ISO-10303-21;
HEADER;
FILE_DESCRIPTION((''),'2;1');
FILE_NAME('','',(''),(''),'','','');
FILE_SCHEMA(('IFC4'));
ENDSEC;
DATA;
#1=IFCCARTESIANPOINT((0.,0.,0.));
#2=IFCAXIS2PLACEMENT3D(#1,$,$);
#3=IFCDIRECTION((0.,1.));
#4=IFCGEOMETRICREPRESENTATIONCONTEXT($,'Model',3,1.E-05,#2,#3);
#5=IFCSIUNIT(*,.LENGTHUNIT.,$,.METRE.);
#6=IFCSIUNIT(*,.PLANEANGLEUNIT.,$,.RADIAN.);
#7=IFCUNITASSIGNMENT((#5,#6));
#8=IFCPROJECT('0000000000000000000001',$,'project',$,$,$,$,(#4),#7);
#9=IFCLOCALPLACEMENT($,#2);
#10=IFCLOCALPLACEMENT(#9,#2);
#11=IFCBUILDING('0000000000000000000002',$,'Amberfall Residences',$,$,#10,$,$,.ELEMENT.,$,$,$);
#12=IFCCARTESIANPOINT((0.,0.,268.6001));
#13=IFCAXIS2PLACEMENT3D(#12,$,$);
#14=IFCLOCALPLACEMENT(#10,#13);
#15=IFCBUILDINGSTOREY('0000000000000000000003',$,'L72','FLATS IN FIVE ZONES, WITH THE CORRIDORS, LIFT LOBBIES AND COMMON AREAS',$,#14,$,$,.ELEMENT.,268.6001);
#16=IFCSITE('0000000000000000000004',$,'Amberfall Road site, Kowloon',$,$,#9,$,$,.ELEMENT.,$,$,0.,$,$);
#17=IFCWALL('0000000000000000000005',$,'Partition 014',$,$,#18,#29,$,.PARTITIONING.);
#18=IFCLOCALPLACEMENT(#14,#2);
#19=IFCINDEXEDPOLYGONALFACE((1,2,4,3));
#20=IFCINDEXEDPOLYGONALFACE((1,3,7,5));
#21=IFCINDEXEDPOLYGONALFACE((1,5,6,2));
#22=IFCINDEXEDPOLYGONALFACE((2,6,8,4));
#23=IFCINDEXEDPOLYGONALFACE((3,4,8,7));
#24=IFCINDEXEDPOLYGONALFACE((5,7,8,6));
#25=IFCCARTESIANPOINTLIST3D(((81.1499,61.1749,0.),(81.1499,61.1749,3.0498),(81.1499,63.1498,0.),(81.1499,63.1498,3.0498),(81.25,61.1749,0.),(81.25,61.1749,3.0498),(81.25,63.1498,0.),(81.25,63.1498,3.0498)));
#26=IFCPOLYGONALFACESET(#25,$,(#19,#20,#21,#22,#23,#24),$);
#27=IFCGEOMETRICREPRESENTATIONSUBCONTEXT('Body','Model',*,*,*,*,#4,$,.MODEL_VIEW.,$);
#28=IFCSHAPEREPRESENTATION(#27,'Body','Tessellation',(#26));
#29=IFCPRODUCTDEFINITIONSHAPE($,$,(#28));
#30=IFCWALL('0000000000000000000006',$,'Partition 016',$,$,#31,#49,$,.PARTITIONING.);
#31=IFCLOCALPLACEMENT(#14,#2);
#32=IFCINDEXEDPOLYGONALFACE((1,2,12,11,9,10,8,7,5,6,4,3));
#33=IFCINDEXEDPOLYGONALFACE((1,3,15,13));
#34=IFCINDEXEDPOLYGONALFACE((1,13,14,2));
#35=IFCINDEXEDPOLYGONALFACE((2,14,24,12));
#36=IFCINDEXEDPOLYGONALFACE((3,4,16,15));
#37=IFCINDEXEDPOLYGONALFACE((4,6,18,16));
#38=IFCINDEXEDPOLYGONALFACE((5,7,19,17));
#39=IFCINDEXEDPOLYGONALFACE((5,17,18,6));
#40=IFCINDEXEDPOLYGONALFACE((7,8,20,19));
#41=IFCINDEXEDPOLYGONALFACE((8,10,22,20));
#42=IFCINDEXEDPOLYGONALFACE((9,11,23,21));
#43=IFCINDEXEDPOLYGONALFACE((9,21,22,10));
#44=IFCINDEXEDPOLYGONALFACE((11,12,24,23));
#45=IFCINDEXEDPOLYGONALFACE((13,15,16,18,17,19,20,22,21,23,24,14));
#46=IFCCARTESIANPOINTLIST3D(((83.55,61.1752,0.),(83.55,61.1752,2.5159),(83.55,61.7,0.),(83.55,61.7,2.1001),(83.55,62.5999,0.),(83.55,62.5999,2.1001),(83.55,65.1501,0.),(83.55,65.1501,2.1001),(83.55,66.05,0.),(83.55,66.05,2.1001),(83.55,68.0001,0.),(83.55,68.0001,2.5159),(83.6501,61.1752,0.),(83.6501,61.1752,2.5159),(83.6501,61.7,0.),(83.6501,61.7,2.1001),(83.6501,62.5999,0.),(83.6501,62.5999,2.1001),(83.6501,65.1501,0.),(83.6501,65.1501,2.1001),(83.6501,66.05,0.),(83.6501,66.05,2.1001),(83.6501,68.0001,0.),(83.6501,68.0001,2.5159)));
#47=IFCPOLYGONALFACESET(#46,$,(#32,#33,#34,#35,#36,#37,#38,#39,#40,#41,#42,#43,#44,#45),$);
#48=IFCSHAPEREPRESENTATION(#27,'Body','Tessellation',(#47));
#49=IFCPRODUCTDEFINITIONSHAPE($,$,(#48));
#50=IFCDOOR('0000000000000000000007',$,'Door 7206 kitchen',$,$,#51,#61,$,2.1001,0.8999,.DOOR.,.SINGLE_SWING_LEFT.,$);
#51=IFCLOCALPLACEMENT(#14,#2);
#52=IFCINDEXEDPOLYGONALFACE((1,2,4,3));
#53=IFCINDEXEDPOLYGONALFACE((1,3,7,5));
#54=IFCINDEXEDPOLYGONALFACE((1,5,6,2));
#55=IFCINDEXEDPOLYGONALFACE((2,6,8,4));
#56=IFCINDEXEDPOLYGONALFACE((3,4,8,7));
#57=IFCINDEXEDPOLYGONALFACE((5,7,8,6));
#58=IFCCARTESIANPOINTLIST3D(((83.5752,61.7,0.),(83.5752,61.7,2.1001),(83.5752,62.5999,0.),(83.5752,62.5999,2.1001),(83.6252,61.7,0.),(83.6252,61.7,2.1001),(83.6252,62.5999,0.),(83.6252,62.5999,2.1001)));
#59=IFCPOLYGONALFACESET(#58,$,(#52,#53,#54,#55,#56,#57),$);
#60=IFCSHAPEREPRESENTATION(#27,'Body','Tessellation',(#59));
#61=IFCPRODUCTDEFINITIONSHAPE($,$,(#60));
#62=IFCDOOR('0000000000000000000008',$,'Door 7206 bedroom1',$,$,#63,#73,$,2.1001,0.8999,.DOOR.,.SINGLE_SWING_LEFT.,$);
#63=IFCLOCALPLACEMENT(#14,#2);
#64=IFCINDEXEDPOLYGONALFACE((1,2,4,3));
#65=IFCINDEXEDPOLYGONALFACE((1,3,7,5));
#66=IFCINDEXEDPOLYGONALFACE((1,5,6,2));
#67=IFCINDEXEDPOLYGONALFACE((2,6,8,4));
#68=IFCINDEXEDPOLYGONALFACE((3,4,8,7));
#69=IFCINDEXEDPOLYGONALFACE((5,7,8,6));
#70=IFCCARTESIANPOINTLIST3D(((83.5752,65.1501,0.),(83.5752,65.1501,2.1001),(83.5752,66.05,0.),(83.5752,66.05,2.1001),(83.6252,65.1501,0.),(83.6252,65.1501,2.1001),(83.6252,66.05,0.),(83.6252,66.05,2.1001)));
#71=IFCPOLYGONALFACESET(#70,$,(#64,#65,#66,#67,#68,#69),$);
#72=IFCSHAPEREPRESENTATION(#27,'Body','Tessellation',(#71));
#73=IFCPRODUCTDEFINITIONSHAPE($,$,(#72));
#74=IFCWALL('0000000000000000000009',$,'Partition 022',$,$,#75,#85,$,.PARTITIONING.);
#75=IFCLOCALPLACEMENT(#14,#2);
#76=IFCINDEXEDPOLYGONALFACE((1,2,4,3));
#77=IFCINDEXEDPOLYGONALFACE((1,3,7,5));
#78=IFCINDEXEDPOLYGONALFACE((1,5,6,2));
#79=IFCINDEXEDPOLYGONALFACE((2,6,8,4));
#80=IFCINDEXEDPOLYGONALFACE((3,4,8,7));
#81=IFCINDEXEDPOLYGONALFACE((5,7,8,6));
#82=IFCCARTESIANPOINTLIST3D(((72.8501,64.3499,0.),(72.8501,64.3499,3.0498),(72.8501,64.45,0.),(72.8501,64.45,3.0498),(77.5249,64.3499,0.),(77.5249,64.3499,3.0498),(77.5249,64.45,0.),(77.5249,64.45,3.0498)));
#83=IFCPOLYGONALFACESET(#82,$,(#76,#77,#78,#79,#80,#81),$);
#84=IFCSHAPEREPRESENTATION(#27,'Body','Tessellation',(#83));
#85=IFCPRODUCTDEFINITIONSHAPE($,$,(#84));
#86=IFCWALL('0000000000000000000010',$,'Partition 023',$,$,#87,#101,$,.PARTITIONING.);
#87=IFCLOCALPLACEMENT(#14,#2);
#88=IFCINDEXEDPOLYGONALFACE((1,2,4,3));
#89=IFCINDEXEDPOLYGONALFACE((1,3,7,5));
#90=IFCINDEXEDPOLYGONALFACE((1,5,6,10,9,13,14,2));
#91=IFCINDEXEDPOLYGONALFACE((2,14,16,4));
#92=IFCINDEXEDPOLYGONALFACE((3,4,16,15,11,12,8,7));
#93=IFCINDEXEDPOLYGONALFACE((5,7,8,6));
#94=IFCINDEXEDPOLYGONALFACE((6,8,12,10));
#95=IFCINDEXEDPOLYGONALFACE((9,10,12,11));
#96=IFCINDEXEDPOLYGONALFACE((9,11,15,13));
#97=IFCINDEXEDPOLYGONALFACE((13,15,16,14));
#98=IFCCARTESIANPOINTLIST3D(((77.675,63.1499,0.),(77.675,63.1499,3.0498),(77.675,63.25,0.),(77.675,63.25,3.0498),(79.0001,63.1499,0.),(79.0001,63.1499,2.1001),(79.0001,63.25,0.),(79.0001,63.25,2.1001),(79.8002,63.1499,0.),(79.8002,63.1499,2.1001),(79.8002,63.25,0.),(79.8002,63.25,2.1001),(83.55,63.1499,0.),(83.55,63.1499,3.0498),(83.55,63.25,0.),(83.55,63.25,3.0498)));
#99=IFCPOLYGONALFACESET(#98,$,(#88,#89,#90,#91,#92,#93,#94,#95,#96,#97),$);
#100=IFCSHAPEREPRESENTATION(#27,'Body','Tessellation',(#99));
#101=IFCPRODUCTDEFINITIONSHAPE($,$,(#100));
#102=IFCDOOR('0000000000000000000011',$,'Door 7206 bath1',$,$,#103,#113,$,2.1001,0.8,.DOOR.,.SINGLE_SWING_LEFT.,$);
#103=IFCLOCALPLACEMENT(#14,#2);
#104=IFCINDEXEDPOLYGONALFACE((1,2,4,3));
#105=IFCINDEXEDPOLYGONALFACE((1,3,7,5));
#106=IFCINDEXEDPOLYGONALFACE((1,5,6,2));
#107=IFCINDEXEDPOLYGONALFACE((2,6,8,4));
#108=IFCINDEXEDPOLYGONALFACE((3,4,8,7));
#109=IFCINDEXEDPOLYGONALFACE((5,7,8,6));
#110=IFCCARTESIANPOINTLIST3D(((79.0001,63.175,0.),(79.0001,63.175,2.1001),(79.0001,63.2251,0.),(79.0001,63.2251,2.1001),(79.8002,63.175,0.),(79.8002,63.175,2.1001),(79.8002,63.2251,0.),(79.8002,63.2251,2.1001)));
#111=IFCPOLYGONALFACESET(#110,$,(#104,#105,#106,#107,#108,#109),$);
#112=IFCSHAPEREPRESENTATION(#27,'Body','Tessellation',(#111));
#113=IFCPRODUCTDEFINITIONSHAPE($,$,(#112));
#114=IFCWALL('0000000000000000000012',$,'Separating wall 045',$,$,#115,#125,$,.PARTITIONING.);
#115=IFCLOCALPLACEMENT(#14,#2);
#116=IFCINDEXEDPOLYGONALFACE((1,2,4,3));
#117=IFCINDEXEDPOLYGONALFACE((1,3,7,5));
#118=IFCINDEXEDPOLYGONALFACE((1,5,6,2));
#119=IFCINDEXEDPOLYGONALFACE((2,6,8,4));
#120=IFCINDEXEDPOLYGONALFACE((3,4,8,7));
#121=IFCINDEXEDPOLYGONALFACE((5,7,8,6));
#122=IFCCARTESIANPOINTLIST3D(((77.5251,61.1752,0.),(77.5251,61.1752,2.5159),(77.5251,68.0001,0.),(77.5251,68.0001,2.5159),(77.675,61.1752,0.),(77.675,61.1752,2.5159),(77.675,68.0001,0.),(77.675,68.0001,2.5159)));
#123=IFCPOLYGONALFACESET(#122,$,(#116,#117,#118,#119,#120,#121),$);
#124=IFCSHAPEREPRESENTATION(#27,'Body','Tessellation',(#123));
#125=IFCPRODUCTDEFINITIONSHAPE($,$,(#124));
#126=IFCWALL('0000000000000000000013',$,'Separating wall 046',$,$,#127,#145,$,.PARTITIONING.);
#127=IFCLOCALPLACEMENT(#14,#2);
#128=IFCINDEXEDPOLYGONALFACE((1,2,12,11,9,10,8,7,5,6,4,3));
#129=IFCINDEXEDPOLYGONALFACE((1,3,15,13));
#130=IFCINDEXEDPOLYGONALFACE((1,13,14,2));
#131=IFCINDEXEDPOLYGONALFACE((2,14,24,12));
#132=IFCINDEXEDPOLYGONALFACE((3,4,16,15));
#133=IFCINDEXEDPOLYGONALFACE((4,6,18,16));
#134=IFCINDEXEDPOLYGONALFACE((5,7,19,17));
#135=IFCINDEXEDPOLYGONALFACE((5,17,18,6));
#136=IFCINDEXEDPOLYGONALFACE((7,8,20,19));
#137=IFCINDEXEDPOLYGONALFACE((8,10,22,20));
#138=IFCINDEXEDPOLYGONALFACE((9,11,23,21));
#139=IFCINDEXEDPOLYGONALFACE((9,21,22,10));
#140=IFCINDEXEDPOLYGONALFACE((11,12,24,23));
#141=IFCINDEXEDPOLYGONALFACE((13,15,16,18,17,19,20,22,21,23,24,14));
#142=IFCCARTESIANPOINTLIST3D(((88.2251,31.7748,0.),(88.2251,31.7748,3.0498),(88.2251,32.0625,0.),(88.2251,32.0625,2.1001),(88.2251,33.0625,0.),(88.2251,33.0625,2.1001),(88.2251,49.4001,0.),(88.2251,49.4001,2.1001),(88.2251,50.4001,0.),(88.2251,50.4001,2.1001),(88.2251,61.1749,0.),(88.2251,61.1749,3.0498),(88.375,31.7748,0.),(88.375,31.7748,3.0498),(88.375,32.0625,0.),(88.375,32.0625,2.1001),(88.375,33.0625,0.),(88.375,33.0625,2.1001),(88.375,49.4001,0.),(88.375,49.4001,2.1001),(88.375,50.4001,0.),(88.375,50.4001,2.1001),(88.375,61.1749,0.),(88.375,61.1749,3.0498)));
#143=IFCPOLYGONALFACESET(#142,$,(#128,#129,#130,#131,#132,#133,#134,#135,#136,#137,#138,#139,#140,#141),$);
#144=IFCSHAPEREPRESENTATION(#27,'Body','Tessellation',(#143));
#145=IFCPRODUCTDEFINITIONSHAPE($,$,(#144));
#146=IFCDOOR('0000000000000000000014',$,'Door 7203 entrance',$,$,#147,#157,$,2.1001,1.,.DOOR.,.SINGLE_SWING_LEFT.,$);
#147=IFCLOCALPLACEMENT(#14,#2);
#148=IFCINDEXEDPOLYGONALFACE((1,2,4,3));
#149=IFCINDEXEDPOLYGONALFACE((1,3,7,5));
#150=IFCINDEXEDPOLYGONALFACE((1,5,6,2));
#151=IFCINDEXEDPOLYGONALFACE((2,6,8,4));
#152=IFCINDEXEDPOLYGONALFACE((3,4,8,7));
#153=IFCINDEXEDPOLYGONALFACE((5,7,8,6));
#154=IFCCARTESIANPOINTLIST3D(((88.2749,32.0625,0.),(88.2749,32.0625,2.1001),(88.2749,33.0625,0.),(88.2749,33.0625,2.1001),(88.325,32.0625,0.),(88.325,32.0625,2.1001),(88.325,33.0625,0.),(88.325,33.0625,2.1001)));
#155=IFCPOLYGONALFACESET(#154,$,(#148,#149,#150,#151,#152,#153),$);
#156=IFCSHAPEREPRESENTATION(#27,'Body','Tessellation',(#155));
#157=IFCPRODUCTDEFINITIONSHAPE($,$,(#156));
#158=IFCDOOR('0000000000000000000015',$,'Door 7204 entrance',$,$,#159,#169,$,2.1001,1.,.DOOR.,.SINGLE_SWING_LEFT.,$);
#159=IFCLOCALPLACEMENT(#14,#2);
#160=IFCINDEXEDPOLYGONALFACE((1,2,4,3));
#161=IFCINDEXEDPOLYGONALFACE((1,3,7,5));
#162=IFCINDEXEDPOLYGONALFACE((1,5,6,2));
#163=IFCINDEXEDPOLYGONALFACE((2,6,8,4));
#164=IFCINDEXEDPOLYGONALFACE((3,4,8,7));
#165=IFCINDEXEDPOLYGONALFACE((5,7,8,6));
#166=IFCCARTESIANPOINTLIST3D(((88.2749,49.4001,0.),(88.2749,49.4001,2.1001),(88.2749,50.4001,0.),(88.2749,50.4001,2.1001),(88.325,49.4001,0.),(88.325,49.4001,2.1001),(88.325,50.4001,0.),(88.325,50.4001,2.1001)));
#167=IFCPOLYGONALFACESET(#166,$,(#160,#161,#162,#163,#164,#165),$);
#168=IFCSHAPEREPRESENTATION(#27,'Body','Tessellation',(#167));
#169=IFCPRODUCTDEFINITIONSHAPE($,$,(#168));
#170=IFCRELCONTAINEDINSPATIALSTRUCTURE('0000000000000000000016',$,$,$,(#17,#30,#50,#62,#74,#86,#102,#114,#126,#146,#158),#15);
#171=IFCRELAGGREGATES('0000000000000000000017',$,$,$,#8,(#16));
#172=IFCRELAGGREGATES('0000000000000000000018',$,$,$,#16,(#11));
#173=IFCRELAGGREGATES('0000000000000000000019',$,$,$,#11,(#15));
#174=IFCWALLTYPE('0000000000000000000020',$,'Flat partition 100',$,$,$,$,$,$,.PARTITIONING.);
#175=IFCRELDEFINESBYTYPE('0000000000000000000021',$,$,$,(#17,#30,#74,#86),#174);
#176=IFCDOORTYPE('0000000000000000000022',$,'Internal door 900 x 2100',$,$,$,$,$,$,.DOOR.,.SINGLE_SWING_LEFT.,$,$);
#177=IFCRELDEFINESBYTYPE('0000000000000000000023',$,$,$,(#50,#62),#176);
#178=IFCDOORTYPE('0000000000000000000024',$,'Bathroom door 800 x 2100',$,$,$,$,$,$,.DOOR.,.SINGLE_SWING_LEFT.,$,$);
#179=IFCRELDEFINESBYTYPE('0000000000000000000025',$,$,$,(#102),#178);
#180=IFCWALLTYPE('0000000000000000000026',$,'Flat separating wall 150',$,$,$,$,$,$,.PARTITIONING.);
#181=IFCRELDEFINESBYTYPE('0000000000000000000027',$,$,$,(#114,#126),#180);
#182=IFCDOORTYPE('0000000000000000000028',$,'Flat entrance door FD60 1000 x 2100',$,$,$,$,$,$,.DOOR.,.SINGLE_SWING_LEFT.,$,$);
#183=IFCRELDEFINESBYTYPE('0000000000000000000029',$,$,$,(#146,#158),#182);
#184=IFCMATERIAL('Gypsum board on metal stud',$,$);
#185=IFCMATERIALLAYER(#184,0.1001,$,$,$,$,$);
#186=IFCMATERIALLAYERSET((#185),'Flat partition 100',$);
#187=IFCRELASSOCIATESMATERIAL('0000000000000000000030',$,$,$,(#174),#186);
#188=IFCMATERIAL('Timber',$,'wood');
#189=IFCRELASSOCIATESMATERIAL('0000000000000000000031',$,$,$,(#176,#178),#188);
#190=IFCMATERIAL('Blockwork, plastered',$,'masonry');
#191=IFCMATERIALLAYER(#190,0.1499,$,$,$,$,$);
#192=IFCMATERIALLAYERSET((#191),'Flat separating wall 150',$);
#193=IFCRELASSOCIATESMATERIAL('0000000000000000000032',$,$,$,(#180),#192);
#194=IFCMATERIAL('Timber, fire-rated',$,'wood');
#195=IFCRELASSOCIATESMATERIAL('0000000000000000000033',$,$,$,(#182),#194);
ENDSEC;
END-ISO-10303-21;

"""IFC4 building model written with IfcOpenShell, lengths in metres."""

from ifc_helpers import new_model, si_unit, direction, frame, frame_2d, origin, place, context, subcontext, project, spatial, rectangle, extrude, material, layer, layer_set, type_object, element, fill, save


model = new_model("IFC4")

# Units and contexts
model_context = context("Model", 3, precision=1e-05, world=origin(), true_north=direction((0.0, 1.0)))
body_context = subcontext(model_context, "Body", "Model", "MODEL_VIEW")
ifc_project = project(units=[si_unit("LENGTHUNIT", "METRE"), si_unit("PLANEANGLEUNIT", "RADIAN")], contexts=[model_context])

# Site, building, storey
site_placement = place(None, origin())
site = spatial("IfcSite", under=ifc_project, at=site_placement, Name="Amberfall Road site, Kowloon", CompositionType="ELEMENT", RefElevation=0.0)
building_placement = place(site_placement, origin())
building = spatial("IfcBuilding", under=site, at=building_placement, Name="Amberfall Residences", CompositionType="ELEMENT")
storey_placement = place(building_placement, frame((0.0, 0.0, 268.6001)))
storey = spatial("IfcBuildingStorey", under=building, at=storey_placement, Name="L72", Description="FLATS IN FIVE ZONES, WITH THE CORRIDORS, LIFT LOBBIES AND COMMON AREAS", CompositionType="ELEMENT", Elevation=268.6001)

# Wall
ifc_material_1 = material(Name="Gypsum board on metal stud")
ifc_layer_1 = layer(ifc_material_1, 0.1001)
ifc_layer_set_1 = layer_set([ifc_layer_1], Name="Flat partition 100")
wall_type_1 = type_object("IfcWallType", Name="Flat partition 100", PredefinedType="PARTITIONING", material=ifc_layer_set_1)
wall_1_placement = place(storey_placement, frame((81.2, 61.175, 0.0), z_axis=(0.0, 0.0, 1.0), x_axis=(0.0, 1.0, 0.0)))
element("IfcWall", 1, at=wall_1_placement, inside=storey, type_object=wall_type_1, Name="Partition 014", PredefinedType="PARTITIONING", context=body_context, shape_type="SweptSolid", body=[
    extrude(rectangle(XDim=1.9749, YDim=0.1001, at=frame_2d((0.9873, 0.0))), origin(), (0.0, 0.0, 1.0), 3.0498),
])

# Wall, openings, doors
wall_2_placement = place(storey_placement, frame((83.6001, 61.175, 0.0), z_axis=(0.0, 0.0, 1.0), x_axis=(0.0, 1.0, 0.0)))
wall_2 = element("IfcWall", 2, at=wall_2_placement, inside=storey, type_object=wall_type_1, Name="Partition 016", PredefinedType="PARTITIONING", context=body_context, shape_type="SweptSolid", body=[
    extrude(rectangle(XDim=6.825, YDim=0.1001, at=frame_2d((3.4126, 0.0))), origin(), (0.0, 0.0, 1.0), 2.5159),
])
opening_1_placement = place(wall_2_placement, frame((0.5249, 0.0, 0.0)))
opening_1 = element("IfcOpeningElement", 3, at=opening_1_placement, cuts=wall_2, PredefinedType="OPENING", context=body_context, shape_type="SweptSolid", body=[
    extrude(rectangle(XDim=0.8999, YDim=2.1001, at=frame_2d((0.45, 1.05))), frame((0.0, 0.0601, 0.0), z_axis=(0.0, -1.0, 0.0), x_axis=(1.0, 0.0, 0.0)), (0.0, 0.0, 1.0), 0.1201),
])
opening_2_placement = place(wall_2_placement, frame((3.9751, 0.0, 0.0)))
opening_2 = element("IfcOpeningElement", 4, at=opening_2_placement, cuts=wall_2, PredefinedType="OPENING", context=body_context, shape_type="SweptSolid", body=[
    extrude(rectangle(XDim=0.8999, YDim=2.1001, at=frame_2d((0.45, 1.05))), frame((0.0, 0.0601, 0.0), z_axis=(0.0, -1.0, 0.0), x_axis=(1.0, 0.0, 0.0)), (0.0, 0.0, 1.0), 0.1201),
])
ifc_material_2 = material(Name="Timber", Category="wood")
door_type_1 = type_object("IfcDoorType", Name="Internal door 900 x 2100", OperationType="SINGLE_SWING_LEFT", PredefinedType="DOOR", material=ifc_material_2)
door_1_placement = place(opening_1_placement, origin())
door_1 = element("IfcDoor", 5, at=door_1_placement, inside=storey, type_object=door_type_1, Name="Door 7206 kitchen", OperationType="SINGLE_SWING_LEFT", OverallHeight=2.1001, OverallWidth=0.8999, PredefinedType="DOOR", context=body_context, shape_type="SweptSolid", body=[
    extrude(rectangle(XDim=0.8999, YDim=2.1001, at=frame_2d((0.45, 1.05))), frame((0.0, 0.0249, 0.0), z_axis=(0.0, -1.0, 0.0), x_axis=(1.0, 0.0, 0.0)), (0.0, 0.0, 1.0), 0.05),
])
fill(opening_1, door_1)
door_2_placement = place(opening_2_placement, origin())
door_2 = element("IfcDoor", 6, at=door_2_placement, inside=storey, type_object=door_type_1, Name="Door 7206 bedroom1", OperationType="SINGLE_SWING_LEFT", OverallHeight=2.1001, OverallWidth=0.8999, PredefinedType="DOOR", context=body_context, shape_type="SweptSolid", body=[
    extrude(rectangle(XDim=0.8999, YDim=2.1001, at=frame_2d((0.45, 1.05))), frame((0.0, 0.0249, 0.0), z_axis=(0.0, -1.0, 0.0), x_axis=(1.0, 0.0, 0.0)), (0.0, 0.0, 1.0), 0.05),
])
fill(opening_2, door_2)

# Wall
wall_3_placement = place(storey_placement, frame((72.8501, 64.3999, 0.0), z_axis=(0.0, 0.0, 1.0), x_axis=(1.0, 0.0, 0.0)))
element("IfcWall", 7, at=wall_3_placement, inside=storey, type_object=wall_type_1, Name="Partition 022", PredefinedType="PARTITIONING", context=body_context, shape_type="SweptSolid", body=[
    extrude(rectangle(XDim=4.6748, YDim=0.1001, at=frame_2d((2.3374, 0.0))), origin(), (0.0, 0.0, 1.0), 3.0498),
])

# Wall, opening, door
wall_4_placement = place(storey_placement, frame((83.55, 63.2, 0.0), z_axis=(0.0, 0.0, 1.0), x_axis=(-1.0, 0.0, 0.0)))
wall_4 = element("IfcWall", 8, at=wall_4_placement, inside=storey, type_object=wall_type_1, Name="Partition 023", PredefinedType="PARTITIONING", context=body_context, shape_type="SweptSolid", body=[
    extrude(rectangle(XDim=5.875, YDim=0.1001, at=frame_2d((2.9375, 0.0))), origin(), (0.0, 0.0, 1.0), 3.0498),
])
opening_3_placement = place(wall_4_placement, frame((3.75, 0.0, 0.0)))
opening_3 = element("IfcOpeningElement", 9, at=opening_3_placement, cuts=wall_4, PredefinedType="OPENING", context=body_context, shape_type="SweptSolid", body=[
    extrude(rectangle(XDim=0.8, YDim=2.1001, at=frame_2d((0.3999, 1.05))), frame((0.0, 0.0601, 0.0), z_axis=(0.0, -1.0, 0.0), x_axis=(1.0, 0.0, 0.0)), (0.0, 0.0, 1.0), 0.1201),
])
door_type_2 = type_object("IfcDoorType", Name="Bathroom door 800 x 2100", OperationType="SINGLE_SWING_LEFT", PredefinedType="DOOR", material=ifc_material_2)
door_3_placement = place(opening_3_placement, origin())
door_3 = element("IfcDoor", 10, at=door_3_placement, inside=storey, type_object=door_type_2, Name="Door 7206 bath1", OperationType="SINGLE_SWING_LEFT", OverallHeight=2.1001, OverallWidth=0.8, PredefinedType="DOOR", context=body_context, shape_type="SweptSolid", body=[
    extrude(rectangle(XDim=0.8, YDim=2.1001, at=frame_2d((0.3999, 1.05))), frame((0.0, 0.0249, 0.0), z_axis=(0.0, -1.0, 0.0), x_axis=(1.0, 0.0, 0.0)), (0.0, 0.0, 1.0), 0.05),
])
fill(opening_3, door_3)

# Wall
ifc_material_3 = material(Name="Blockwork, plastered", Category="masonry")
ifc_layer_2 = layer(ifc_material_3, 0.1499)
ifc_layer_set_2 = layer_set([ifc_layer_2], Name="Flat separating wall 150")
wall_type_2 = type_object("IfcWallType", Name="Flat separating wall 150", PredefinedType="PARTITIONING", material=ifc_layer_set_2)
wall_5_placement = place(storey_placement, frame((77.6001, 61.175, 0.0), z_axis=(0.0, 0.0, 1.0), x_axis=(0.0, 1.0, 0.0)))
element("IfcWall", 11, at=wall_5_placement, inside=storey, type_object=wall_type_2, Name="Separating wall 045", PredefinedType="PARTITIONING", context=body_context, shape_type="SweptSolid", body=[
    extrude(rectangle(XDim=6.825, YDim=0.1499, at=frame_2d((3.4126, 0.0))), origin(), (0.0, 0.0, 1.0), 2.5159),
])

# Wall, openings, doors
wall_6_placement = place(storey_placement, frame((88.3, 61.175, 0.0), z_axis=(0.0, 0.0, 1.0), x_axis=(0.0, -1.0, 0.0)))
wall_6 = element("IfcWall", 12, at=wall_6_placement, inside=storey, type_object=wall_type_2, Name="Separating wall 046", PredefinedType="PARTITIONING", context=body_context, shape_type="SweptSolid", body=[
    extrude(rectangle(XDim=29.4001, YDim=0.1499, at=frame_2d((14.7002, 0.0))), origin(), (0.0, 0.0, 1.0), 3.0498),
])
opening_4_placement = place(wall_6_placement, frame((28.1125, 0.0, 0.0)))
opening_4 = element("IfcOpeningElement", 13, at=opening_4_placement, cuts=wall_6, PredefinedType="OPENING", context=body_context, shape_type="SweptSolid", body=[
    extrude(rectangle(XDim=1.0, YDim=2.1001, at=frame_2d((0.5, 1.05))), frame((0.0, 0.085, 0.0), z_axis=(0.0, -1.0, 0.0), x_axis=(1.0, 0.0, 0.0)), (0.0, 0.0, 1.0), 0.1699),
])
opening_5_placement = place(wall_6_placement, frame((10.7749, 0.0, 0.0)))
opening_5 = element("IfcOpeningElement", 14, at=opening_5_placement, cuts=wall_6, PredefinedType="OPENING", context=body_context, shape_type="SweptSolid", body=[
    extrude(rectangle(XDim=1.0, YDim=2.1001, at=frame_2d((0.5, 1.05))), frame((0.0, 0.085, 0.0), z_axis=(0.0, -1.0, 0.0), x_axis=(1.0, 0.0, 0.0)), (0.0, 0.0, 1.0), 0.1699),
])
ifc_material_4 = material(Name="Timber, fire-rated", Category="wood")
door_type_3 = type_object("IfcDoorType", Name="Flat entrance door FD60 1000 x 2100", OperationType="SINGLE_SWING_LEFT", PredefinedType="DOOR", material=ifc_material_4)
door_4_placement = place(opening_4_placement, origin())
door_4 = element("IfcDoor", 15, at=door_4_placement, inside=storey, type_object=door_type_3, Name="Door 7203 entrance", OperationType="SINGLE_SWING_LEFT", OverallHeight=2.1001, OverallWidth=1.0, PredefinedType="DOOR", context=body_context, shape_type="SweptSolid", body=[
    extrude(rectangle(XDim=1.0, YDim=2.1001, at=frame_2d((0.5, 1.05))), frame((0.0, 0.0249, 0.0), z_axis=(0.0, -1.0, 0.0), x_axis=(1.0, 0.0, 0.0)), (0.0, 0.0, 1.0), 0.05),
])
fill(opening_4, door_4)
door_5_placement = place(opening_5_placement, origin())
door_5 = element("IfcDoor", 16, at=door_5_placement, inside=storey, type_object=door_type_3, Name="Door 7204 entrance", OperationType="SINGLE_SWING_LEFT", OverallHeight=2.1001, OverallWidth=1.0, PredefinedType="DOOR", context=body_context, shape_type="SweptSolid", body=[
    extrude(rectangle(XDim=1.0, YDim=2.1001, at=frame_2d((0.5, 1.05))), frame((0.0, 0.0249, 0.0), z_axis=(0.0, -1.0, 0.0), x_axis=(1.0, 0.0, 0.0)), (0.0, 0.0, 1.0), 0.05),
])
fill(opening_5, door_5)

save(model, "model.ifc")
